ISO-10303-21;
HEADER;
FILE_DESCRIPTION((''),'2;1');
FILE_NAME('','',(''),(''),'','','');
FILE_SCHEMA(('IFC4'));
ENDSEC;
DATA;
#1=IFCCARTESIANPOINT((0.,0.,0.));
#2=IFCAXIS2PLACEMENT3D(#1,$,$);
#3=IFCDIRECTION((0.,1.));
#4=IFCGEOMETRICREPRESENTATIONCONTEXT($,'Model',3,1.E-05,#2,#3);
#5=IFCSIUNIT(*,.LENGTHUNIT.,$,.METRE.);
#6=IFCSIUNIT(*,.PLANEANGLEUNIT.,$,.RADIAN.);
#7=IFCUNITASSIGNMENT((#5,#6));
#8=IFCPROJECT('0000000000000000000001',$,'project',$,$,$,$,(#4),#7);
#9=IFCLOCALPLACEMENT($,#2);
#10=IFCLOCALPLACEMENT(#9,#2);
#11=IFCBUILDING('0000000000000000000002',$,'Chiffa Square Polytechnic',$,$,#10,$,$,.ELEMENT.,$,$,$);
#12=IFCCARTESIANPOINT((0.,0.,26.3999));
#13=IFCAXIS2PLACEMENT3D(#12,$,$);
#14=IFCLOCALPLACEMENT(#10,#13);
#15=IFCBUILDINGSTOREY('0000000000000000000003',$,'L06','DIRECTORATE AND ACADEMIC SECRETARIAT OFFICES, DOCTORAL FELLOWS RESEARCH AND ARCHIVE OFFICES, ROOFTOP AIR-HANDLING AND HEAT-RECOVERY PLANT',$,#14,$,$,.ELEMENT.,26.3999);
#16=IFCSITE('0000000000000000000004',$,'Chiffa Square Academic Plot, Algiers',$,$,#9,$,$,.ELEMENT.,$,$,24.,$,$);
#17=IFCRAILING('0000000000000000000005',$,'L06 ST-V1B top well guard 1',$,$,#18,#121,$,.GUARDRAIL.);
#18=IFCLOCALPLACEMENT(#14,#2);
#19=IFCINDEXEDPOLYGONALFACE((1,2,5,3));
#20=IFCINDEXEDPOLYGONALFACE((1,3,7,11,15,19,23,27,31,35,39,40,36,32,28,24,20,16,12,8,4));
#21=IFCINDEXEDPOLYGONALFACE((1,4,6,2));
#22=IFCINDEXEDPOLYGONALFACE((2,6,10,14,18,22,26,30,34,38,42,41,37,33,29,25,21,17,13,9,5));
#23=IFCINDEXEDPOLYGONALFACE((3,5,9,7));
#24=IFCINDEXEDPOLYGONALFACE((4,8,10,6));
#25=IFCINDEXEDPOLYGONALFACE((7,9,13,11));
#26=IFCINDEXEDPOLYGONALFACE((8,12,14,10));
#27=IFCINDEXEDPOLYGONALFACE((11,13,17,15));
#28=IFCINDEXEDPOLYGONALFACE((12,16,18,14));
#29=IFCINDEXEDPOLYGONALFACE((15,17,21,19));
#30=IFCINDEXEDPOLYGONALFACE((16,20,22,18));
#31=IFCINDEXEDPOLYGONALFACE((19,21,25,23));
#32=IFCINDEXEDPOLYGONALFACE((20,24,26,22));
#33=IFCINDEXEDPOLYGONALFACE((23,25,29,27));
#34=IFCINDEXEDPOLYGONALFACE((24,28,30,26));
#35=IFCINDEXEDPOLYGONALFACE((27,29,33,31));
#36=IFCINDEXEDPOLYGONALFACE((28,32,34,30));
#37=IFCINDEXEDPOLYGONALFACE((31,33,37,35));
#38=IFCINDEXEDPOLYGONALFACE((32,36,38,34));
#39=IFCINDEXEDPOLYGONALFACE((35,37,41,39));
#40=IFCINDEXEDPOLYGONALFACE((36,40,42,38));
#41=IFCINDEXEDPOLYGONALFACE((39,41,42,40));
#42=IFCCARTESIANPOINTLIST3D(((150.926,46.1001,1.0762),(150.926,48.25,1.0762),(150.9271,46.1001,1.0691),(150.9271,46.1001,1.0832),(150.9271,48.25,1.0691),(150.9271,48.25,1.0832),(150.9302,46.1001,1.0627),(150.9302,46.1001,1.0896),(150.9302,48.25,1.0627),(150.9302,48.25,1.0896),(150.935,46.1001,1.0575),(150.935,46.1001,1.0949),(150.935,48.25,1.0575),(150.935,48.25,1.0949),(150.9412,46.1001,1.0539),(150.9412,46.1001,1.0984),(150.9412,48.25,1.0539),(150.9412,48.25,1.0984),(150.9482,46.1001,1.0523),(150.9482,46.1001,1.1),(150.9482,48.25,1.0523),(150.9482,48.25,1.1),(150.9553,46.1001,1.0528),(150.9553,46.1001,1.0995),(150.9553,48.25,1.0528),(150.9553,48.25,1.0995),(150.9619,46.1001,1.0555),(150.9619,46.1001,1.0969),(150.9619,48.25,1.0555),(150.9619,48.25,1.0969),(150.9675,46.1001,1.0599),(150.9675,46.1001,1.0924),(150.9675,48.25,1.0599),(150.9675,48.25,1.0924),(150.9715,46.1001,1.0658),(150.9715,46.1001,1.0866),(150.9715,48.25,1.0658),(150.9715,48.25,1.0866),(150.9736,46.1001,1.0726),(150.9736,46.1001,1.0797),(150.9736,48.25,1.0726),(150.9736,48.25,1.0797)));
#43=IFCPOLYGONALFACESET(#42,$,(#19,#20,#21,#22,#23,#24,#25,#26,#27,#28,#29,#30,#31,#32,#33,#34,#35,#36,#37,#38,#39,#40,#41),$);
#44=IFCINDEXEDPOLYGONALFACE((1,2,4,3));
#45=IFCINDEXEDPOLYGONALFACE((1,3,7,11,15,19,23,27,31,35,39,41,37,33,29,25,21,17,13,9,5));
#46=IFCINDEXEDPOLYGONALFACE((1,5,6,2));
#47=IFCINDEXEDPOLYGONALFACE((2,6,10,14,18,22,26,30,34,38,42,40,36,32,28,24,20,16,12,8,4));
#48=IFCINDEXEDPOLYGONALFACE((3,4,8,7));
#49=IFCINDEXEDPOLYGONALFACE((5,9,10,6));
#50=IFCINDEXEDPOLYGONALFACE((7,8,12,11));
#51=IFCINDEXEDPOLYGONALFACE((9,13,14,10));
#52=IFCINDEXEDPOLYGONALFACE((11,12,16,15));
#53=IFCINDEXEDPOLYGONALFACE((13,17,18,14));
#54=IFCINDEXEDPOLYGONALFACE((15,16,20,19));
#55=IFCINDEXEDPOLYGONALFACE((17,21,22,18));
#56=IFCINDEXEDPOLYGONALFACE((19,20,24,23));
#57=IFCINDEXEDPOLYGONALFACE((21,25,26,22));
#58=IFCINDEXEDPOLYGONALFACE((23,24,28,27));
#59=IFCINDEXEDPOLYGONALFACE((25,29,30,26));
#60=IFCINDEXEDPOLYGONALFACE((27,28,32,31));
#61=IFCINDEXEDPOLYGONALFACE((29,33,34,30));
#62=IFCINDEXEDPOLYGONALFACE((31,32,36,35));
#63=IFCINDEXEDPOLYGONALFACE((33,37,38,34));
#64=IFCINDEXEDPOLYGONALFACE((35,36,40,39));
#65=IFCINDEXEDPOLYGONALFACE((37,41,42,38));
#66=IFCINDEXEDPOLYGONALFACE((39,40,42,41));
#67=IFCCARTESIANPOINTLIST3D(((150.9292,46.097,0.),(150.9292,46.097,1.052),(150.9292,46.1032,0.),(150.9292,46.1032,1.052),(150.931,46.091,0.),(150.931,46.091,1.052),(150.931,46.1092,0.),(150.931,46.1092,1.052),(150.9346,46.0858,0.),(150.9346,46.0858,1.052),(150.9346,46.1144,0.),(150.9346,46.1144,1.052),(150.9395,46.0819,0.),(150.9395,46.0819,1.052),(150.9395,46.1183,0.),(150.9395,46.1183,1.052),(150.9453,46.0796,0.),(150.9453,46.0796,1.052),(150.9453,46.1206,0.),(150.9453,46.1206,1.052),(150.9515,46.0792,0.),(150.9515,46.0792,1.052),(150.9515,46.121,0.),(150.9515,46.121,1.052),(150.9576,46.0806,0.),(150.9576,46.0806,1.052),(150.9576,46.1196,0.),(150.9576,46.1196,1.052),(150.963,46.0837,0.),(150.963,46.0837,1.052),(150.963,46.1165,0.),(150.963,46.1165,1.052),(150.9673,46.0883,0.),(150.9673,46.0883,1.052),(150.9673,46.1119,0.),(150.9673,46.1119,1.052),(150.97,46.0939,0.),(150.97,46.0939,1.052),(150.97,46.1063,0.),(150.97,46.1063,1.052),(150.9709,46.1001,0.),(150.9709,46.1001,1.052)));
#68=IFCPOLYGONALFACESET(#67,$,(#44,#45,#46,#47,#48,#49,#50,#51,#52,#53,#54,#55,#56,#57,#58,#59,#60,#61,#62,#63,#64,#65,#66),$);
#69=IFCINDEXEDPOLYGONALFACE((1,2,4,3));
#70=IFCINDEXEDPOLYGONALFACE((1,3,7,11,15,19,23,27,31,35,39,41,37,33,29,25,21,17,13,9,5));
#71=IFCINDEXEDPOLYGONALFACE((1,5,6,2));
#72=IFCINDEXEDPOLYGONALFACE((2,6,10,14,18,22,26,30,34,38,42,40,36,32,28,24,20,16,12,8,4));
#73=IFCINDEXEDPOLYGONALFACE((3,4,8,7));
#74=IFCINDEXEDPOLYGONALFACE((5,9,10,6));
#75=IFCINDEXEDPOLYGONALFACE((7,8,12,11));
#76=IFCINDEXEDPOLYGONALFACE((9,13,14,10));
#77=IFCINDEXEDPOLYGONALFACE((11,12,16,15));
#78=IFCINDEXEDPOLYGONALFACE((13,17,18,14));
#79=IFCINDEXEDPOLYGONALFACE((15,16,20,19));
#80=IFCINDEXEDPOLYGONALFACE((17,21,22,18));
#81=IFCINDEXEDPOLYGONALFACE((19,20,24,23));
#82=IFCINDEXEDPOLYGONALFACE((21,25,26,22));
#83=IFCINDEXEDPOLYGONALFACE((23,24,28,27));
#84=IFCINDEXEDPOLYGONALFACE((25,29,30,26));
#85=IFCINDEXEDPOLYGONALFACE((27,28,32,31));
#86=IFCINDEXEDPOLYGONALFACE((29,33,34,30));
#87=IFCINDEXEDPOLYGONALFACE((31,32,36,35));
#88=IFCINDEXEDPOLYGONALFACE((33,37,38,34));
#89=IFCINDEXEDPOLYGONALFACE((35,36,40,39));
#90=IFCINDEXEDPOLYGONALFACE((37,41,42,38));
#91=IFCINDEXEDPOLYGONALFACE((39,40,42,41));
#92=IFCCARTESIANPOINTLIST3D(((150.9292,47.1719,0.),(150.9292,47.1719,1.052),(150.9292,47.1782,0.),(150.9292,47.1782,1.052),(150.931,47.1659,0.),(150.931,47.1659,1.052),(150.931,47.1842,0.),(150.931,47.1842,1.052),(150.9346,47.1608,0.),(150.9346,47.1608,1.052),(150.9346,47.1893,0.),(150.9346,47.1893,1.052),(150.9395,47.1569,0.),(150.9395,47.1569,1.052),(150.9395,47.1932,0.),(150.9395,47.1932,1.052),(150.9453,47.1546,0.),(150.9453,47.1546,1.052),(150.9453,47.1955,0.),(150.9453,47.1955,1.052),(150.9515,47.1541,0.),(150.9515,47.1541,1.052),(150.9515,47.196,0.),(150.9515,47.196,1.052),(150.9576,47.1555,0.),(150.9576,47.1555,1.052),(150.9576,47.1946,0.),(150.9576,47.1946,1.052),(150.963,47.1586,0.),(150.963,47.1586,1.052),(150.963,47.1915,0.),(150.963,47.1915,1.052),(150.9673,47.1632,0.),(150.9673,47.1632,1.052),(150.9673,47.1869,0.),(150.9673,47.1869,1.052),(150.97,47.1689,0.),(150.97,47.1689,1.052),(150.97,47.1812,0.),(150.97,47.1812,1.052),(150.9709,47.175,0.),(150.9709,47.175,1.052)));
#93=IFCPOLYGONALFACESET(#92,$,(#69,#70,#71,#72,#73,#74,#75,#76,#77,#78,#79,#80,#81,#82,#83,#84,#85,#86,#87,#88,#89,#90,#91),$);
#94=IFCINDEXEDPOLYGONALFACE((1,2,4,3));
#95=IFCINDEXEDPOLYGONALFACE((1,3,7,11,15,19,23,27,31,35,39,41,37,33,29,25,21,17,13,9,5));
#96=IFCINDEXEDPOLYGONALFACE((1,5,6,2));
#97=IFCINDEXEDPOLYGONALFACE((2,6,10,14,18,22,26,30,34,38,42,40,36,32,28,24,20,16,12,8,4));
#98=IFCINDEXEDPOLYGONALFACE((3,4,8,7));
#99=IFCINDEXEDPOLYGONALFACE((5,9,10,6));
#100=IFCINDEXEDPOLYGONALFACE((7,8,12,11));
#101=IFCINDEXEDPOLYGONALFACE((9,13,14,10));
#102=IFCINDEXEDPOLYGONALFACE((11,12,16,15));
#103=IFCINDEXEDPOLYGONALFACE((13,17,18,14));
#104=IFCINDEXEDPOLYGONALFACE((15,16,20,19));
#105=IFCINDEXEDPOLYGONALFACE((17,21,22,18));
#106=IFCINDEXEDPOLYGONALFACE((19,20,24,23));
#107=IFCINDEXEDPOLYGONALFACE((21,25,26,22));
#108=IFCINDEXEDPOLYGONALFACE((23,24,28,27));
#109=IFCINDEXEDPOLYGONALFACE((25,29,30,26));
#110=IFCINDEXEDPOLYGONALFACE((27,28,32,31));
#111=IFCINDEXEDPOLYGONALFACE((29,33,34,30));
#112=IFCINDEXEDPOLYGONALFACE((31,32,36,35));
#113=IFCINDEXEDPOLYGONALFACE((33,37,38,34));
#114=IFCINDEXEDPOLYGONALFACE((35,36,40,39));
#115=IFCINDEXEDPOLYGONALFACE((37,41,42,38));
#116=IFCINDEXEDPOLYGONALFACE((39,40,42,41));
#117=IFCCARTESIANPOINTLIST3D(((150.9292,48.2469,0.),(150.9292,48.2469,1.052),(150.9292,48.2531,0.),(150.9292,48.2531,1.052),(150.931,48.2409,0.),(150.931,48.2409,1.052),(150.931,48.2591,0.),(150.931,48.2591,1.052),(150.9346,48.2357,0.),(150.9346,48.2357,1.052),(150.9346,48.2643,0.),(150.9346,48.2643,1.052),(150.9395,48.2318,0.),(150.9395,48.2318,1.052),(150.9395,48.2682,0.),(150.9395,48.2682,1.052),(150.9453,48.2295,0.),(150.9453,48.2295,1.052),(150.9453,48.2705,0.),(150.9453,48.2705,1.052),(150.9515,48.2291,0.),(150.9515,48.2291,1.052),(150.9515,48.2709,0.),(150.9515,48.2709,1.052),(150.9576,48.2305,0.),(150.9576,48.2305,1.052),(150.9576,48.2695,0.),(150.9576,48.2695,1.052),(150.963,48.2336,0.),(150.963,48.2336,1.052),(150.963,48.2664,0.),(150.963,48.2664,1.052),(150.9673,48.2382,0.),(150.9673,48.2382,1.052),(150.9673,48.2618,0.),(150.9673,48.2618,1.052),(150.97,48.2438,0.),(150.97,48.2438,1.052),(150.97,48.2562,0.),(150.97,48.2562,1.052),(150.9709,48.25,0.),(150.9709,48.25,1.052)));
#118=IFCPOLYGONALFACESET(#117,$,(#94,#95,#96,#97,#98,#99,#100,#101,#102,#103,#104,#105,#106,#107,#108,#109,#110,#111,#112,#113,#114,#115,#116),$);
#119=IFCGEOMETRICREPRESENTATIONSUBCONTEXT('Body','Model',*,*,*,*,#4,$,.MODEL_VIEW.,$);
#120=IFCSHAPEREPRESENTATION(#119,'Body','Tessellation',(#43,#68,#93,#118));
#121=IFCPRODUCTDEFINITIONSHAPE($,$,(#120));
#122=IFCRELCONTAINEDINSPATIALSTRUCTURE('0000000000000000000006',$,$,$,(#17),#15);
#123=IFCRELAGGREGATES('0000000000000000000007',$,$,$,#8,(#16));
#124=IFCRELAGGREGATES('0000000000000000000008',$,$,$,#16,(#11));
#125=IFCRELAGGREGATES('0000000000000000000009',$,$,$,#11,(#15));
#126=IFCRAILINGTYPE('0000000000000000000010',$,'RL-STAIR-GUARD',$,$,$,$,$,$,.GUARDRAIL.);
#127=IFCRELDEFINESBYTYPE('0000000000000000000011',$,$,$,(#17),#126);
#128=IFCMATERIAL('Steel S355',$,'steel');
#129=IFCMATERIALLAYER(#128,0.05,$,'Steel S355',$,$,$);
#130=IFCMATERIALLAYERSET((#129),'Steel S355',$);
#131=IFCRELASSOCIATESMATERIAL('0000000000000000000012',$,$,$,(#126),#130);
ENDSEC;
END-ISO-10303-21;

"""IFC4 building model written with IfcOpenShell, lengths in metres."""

from ifc_helpers import new_model, si_unit, direction, frame, origin, origin_2d, place, context, subcontext, project, spatial, circle, extrude, material, layer, layer_set, type_object, element, save


model = new_model("IFC4")

# Units and contexts
model_context = context("Model", 3, precision=1e-05, world=origin(), true_north=direction((0.0, 1.0)))
body_context = subcontext(model_context, "Body", "Model", "MODEL_VIEW")
ifc_project = project(units=[si_unit("LENGTHUNIT", "METRE"), si_unit("PLANEANGLEUNIT", "RADIAN")], contexts=[model_context])

# Site, building, storey
site_placement = place(None, origin())
site = spatial("IfcSite", under=ifc_project, at=site_placement, Name="Chiffa Square Academic Plot, Algiers", CompositionType="ELEMENT", RefElevation=24.0)
building_placement = place(site_placement, origin())
building = spatial("IfcBuilding", under=site, at=building_placement, Name="Chiffa Square Polytechnic", CompositionType="ELEMENT")
storey_placement = place(building_placement, frame((0.0, 0.0, 26.3999)))
storey = spatial("IfcBuildingStorey", under=building, at=storey_placement, Name="L06", Description="DIRECTORATE AND ACADEMIC SECRETARIAT OFFICES, DOCTORAL FELLOWS RESEARCH AND ARCHIVE OFFICES, ROOFTOP AIR-HANDLING AND HEAT-RECOVERY PLANT", CompositionType="ELEMENT", Elevation=26.3999)

# Railing
ifc_material_1 = material(Name="Steel S355", Category="steel")
ifc_layer_1 = layer(ifc_material_1, 0.05, Name="Steel S355")
ifc_layer_set_1 = layer_set([ifc_layer_1], Name="Steel S355")
railing_type = type_object("IfcRailingType", Name="RL-STAIR-GUARD", PredefinedType="GUARDRAIL", material=ifc_layer_set_1)
railing_placement = place(storey_placement, frame((150.95, 46.1001, 0.0)))
element("IfcRailing", 1, at=railing_placement, inside=storey, type_object=railing_type, Name="L06 ST-V1B top well guard 1", PredefinedType="GUARDRAIL", context=body_context, shape_type="SweptSolid", body=[
    extrude(circle(Radius=0.0239, at=origin_2d()), frame((0.0, 0.0, 1.0762), z_axis=(0.0, 1.0, 0.0), x_axis=(-1.0, 0.0, 0.0)), (0.0, 0.0, 1.0), 2.1499),
    extrude(circle(Radius=0.021, at=origin_2d()), origin(), (0.0, 0.0, 1.0), 1.052),
    extrude(circle(Radius=0.021, at=origin_2d()), frame((0.0, 1.075, 0.0)), (0.0, 0.0, 1.0), 1.052),
    extrude(circle(Radius=0.021, at=origin_2d()), frame((0.0, 2.1499, 0.0)), (0.0, 0.0, 1.0), 1.052),
])

save(model, "model.ifc")
